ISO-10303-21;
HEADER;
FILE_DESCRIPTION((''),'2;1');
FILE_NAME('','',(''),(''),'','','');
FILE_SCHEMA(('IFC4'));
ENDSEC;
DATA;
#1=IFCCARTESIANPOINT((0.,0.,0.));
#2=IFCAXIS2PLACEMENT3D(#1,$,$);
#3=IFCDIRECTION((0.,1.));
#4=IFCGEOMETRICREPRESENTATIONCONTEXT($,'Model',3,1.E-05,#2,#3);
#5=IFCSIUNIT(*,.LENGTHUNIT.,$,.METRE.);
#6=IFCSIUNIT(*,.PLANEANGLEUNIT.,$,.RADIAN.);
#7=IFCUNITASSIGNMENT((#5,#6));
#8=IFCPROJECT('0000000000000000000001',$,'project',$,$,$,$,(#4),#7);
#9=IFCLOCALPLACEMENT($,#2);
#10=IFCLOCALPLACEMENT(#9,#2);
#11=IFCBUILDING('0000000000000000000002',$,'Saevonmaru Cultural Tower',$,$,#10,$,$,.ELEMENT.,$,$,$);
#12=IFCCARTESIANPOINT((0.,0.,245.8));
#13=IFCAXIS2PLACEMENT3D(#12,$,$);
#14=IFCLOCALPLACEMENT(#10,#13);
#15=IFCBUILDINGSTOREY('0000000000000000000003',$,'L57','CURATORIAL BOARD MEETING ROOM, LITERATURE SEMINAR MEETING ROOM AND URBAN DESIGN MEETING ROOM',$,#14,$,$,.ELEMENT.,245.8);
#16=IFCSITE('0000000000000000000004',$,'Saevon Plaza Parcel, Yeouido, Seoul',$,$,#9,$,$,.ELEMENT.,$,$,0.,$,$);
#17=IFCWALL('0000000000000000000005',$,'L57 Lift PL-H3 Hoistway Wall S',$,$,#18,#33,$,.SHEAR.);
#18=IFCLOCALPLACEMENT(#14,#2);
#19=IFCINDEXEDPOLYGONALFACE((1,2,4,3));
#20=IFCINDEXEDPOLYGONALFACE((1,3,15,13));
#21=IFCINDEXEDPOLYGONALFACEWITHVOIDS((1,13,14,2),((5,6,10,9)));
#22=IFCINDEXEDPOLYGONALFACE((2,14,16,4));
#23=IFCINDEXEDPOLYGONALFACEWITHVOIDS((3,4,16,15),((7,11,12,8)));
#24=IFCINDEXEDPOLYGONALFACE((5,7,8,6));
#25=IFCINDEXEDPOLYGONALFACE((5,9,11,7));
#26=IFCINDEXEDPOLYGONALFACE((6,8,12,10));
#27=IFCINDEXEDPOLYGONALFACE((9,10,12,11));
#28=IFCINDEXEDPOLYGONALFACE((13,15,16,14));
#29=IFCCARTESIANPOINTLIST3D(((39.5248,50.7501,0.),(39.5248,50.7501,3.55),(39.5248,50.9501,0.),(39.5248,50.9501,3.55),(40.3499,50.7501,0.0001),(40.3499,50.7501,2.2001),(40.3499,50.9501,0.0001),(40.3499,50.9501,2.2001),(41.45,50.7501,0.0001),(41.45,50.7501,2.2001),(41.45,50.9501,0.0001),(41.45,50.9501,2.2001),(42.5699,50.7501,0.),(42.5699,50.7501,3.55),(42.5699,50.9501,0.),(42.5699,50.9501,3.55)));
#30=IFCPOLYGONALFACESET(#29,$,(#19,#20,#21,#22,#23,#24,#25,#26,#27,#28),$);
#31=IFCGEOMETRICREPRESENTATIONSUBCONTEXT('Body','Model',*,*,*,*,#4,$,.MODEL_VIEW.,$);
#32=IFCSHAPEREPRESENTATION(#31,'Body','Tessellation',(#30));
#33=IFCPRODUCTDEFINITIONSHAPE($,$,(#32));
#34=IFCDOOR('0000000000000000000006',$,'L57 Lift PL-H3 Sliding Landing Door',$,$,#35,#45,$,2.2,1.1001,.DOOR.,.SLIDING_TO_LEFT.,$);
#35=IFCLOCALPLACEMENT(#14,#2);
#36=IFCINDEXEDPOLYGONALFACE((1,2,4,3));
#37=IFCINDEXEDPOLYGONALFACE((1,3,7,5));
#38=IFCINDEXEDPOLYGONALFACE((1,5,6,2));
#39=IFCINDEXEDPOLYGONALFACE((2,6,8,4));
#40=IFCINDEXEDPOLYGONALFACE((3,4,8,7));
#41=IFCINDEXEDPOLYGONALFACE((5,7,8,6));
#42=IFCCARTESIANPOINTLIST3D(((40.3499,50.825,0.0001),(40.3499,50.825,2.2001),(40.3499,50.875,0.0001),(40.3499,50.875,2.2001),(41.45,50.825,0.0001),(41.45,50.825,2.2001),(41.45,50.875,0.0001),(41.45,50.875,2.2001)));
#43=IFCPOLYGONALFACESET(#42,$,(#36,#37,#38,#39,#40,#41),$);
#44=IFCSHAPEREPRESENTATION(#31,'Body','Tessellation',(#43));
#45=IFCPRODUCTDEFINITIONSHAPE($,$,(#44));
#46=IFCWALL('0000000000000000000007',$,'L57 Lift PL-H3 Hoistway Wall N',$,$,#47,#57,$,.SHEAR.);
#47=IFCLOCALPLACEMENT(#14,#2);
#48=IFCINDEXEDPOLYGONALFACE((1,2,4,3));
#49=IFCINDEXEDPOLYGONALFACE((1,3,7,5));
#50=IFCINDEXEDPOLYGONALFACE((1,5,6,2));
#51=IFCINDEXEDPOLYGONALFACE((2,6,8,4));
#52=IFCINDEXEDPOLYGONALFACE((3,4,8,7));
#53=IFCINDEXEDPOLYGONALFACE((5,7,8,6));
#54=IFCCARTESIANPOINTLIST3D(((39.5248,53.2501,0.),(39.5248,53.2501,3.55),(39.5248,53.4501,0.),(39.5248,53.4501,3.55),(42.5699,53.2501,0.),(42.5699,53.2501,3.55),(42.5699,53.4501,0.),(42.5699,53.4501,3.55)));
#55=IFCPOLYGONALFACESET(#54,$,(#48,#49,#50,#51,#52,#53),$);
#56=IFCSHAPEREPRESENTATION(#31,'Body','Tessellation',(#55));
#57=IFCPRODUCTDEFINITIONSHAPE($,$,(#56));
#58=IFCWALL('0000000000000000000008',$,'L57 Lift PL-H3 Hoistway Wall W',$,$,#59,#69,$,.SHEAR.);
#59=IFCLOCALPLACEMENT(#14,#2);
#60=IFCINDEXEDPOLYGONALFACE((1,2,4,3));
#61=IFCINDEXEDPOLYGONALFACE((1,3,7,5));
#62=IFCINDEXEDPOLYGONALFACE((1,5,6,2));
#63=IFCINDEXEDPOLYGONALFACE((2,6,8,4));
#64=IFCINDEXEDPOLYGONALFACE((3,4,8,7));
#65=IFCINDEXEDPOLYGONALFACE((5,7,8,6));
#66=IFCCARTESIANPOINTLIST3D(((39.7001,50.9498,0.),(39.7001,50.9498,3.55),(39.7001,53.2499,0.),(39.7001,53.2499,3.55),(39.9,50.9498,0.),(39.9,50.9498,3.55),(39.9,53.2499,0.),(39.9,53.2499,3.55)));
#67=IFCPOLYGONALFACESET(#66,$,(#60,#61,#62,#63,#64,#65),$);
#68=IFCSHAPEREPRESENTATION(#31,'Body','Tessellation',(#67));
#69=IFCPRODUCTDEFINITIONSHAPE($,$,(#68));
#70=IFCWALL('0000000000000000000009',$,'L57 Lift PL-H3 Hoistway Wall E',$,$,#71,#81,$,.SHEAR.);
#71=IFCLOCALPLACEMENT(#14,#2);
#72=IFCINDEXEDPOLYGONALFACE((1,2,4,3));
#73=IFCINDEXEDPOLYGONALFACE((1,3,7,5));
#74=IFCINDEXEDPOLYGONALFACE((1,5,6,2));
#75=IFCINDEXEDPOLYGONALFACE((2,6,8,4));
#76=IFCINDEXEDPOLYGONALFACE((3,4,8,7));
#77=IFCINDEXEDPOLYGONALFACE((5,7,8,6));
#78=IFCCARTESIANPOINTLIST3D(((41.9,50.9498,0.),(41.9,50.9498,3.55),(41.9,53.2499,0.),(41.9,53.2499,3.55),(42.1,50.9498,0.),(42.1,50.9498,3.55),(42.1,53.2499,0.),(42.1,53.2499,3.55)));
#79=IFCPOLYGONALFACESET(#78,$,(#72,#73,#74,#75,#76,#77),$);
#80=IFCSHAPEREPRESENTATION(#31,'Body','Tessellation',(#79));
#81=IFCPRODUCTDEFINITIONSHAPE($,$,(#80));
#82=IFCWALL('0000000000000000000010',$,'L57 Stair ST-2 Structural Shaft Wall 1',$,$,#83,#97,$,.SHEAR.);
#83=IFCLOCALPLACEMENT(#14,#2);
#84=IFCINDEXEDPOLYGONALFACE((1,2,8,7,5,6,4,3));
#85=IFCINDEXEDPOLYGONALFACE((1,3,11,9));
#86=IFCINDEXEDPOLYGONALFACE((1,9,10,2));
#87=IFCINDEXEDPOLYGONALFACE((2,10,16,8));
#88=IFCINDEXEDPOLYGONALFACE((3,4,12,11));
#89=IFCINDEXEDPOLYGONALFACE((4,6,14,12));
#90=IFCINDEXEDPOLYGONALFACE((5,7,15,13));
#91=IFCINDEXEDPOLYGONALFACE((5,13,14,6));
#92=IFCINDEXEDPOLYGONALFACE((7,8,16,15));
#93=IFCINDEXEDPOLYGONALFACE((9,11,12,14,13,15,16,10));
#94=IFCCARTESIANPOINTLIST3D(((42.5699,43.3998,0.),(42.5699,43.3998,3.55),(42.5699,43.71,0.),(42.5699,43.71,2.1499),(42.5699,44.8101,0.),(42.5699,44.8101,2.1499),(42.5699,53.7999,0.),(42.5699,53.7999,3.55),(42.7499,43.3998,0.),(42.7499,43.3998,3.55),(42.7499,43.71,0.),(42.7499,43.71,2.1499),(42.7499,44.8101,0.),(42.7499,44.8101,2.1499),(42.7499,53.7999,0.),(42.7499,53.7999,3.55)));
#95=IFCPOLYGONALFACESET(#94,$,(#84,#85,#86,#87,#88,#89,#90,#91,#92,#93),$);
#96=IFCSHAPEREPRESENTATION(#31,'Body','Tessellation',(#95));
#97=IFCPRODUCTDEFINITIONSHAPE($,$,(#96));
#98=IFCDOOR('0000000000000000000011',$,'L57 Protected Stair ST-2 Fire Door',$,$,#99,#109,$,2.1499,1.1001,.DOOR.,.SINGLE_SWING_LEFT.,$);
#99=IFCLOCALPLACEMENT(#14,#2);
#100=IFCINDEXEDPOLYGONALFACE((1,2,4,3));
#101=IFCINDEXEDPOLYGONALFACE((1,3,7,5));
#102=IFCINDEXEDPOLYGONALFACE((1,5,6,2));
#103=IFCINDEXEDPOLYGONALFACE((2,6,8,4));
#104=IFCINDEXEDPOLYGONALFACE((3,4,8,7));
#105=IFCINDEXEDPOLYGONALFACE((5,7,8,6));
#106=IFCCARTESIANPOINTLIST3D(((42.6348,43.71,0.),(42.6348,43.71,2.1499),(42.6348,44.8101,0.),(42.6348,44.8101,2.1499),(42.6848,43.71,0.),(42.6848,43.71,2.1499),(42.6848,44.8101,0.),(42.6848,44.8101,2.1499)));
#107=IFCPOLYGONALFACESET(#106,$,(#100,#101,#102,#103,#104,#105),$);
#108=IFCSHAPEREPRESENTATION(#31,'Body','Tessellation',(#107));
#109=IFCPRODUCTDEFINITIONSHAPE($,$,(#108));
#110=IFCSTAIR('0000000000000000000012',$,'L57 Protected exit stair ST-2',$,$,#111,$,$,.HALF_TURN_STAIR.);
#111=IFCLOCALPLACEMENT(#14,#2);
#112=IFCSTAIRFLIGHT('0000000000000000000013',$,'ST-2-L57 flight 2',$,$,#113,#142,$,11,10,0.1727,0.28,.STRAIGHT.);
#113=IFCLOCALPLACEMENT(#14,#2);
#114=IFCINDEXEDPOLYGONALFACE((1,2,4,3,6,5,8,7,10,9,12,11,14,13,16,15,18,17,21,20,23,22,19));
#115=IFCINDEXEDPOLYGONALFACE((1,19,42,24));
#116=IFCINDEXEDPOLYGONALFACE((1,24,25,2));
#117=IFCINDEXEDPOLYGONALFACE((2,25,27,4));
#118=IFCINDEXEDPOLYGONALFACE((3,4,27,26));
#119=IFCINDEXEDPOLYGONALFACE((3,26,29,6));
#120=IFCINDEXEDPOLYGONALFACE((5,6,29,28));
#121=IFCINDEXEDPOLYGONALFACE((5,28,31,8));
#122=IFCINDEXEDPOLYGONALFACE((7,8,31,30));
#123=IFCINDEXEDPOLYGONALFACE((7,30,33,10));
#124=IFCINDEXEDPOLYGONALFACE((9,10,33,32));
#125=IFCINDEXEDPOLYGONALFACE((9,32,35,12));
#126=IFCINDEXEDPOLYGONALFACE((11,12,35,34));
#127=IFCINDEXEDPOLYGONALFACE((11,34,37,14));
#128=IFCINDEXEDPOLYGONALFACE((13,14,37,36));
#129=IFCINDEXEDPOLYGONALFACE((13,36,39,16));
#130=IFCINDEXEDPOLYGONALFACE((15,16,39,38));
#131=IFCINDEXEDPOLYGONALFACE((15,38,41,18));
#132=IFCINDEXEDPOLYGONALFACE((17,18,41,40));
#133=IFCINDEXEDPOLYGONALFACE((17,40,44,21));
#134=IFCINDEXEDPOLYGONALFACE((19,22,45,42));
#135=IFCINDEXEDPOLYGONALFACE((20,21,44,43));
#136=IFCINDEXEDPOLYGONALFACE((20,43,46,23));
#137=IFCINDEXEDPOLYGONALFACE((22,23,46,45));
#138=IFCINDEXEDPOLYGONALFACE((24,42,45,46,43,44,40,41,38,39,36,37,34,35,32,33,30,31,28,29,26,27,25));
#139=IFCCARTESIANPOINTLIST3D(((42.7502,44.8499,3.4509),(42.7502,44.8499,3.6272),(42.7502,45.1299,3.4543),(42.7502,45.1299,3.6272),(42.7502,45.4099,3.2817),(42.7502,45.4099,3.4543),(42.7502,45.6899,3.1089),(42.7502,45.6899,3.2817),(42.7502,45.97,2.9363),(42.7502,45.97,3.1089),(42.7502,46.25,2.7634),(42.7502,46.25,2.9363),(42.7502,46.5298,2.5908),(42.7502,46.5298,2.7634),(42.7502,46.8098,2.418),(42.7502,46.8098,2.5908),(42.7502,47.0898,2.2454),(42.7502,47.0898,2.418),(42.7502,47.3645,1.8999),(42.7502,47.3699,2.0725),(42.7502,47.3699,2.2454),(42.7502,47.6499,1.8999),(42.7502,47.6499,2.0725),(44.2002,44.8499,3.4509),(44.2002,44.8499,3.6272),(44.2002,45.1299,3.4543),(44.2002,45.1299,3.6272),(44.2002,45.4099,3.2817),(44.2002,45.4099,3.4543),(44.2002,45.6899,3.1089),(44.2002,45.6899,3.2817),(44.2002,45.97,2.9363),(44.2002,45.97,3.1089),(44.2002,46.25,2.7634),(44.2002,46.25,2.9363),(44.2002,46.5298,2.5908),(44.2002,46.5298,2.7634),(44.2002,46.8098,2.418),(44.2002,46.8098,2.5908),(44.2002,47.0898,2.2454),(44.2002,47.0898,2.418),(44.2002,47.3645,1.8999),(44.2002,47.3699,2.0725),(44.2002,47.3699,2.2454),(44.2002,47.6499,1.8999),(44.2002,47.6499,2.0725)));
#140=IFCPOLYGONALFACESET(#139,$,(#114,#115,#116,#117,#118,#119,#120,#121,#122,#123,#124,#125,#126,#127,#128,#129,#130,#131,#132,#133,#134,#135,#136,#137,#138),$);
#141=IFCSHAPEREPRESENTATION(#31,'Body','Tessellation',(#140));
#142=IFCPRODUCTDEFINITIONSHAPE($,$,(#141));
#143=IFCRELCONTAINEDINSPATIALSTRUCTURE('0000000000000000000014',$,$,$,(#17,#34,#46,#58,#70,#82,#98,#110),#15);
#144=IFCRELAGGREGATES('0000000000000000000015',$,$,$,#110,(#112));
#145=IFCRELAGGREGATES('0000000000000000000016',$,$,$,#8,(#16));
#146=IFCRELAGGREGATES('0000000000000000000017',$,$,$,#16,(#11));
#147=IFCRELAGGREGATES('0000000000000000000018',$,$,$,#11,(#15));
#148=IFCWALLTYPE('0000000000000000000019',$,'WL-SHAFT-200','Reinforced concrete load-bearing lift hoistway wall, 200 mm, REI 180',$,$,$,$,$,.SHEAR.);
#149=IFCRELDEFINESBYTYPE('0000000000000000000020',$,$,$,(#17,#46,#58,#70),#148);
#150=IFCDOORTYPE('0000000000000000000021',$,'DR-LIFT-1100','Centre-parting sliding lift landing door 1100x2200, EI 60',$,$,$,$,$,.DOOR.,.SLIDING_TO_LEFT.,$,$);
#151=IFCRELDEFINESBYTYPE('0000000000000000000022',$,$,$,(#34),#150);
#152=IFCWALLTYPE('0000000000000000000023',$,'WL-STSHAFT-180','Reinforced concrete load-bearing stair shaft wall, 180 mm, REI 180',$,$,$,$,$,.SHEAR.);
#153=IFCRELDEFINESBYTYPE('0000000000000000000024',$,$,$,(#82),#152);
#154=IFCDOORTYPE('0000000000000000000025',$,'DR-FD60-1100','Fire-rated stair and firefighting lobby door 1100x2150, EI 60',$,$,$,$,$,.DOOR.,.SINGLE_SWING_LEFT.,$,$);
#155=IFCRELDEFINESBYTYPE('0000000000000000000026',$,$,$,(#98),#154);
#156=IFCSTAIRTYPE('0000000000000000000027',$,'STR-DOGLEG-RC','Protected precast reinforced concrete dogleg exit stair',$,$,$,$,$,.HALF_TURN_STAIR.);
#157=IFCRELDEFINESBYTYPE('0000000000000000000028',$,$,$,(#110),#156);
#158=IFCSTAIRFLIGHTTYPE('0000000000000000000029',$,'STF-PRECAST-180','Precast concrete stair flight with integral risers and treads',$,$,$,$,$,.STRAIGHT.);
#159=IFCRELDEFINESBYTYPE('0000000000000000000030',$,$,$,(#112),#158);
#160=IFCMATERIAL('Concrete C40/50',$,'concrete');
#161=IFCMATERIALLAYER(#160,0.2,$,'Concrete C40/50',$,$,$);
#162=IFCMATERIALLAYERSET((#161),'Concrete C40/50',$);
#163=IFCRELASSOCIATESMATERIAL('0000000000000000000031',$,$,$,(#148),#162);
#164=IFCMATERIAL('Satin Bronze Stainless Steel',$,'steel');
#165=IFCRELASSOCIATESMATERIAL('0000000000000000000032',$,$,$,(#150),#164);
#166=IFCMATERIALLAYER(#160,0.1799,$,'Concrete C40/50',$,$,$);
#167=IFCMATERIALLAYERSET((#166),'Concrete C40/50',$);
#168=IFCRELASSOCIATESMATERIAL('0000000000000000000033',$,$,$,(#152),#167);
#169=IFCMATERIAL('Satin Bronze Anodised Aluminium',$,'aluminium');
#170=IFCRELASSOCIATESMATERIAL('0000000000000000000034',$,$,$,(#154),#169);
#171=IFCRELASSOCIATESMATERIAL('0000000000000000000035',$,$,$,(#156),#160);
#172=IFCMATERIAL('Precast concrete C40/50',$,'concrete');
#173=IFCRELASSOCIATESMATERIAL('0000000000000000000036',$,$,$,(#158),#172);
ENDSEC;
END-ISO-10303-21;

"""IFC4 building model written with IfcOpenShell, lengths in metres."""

from ifc_helpers import new_model, si_unit, direction, frame, frame_2d, origin, place, context, subcontext, project, spatial, polyline, rectangle, outline, extrude, material, layer, layer_set, type_object, element, fill, aggregate, save


model = new_model("IFC4")

# Units and contexts
model_context = context("Model", 3, precision=1e-05, world=origin(), true_north=direction((0.0, 1.0)))
body_context = subcontext(model_context, "Body", "Model", "MODEL_VIEW")
ifc_project = project(units=[si_unit("LENGTHUNIT", "METRE"), si_unit("PLANEANGLEUNIT", "RADIAN")], contexts=[model_context])

# Site, building, storey
site_placement = place(None, origin())
site = spatial("IfcSite", under=ifc_project, at=site_placement, Name="Saevon Plaza Parcel, Yeouido, Seoul", CompositionType="ELEMENT", RefElevation=0.0)
building_placement = place(site_placement, origin())
building = spatial("IfcBuilding", under=site, at=building_placement, Name="Saevonmaru Cultural Tower", CompositionType="ELEMENT")
storey_placement = place(building_placement, frame((0.0, 0.0, 245.8)))
storey = spatial("IfcBuildingStorey", under=building, at=storey_placement, Name="L57", Description="CURATORIAL BOARD MEETING ROOM, LITERATURE SEMINAR MEETING ROOM AND URBAN DESIGN MEETING ROOM", CompositionType="ELEMENT", Elevation=245.8)

# Shared definitions
ifc_material_1 = material(Name="Satin Bronze Anodised Aluminium", Category="aluminium")

# Shared definitions
ifc_material_2 = material(Name="Concrete C40/50", Category="concrete")
ifc_layer_1 = layer(ifc_material_2, 0.2, Name="Concrete C40/50")
ifc_layer_set_1 = layer_set([ifc_layer_1], Name="Concrete C40/50")
wall_type_1 = type_object("IfcWallType", Name="WL-SHAFT-200", Description="Reinforced concrete load-bearing lift hoistway wall, 200 mm, REI 180", PredefinedType="SHEAR", material=ifc_layer_set_1)

# Shared definitions
ifc_material_3 = material(Name="Satin Bronze Stainless Steel", Category="steel")
door_type_1 = type_object("IfcDoorType", Name="DR-LIFT-1100", Description="Centre-parting sliding lift landing door 1100x2200, EI 60", OperationType="SLIDING_TO_LEFT", PredefinedType="DOOR", material=ifc_material_3)

# Wall, opening, door
wall_1_placement = place(storey_placement, frame((39.5249, 50.8501, 0.0), z_axis=(0.0, 0.0, 1.0), x_axis=(1.0, 0.0, 0.0)))
wall_1 = element("IfcWall", 1, at=wall_1_placement, inside=storey, type_object=wall_type_1, Name="L57 Lift PL-H3 Hoistway Wall S", PredefinedType="SHEAR", context=body_context, shape_type="SweptSolid", body=[
    extrude(rectangle(XDim=3.0452, YDim=0.2, at=frame_2d((1.5225, 0.0))), origin(), (0.0, 0.0, 1.0), 3.55),
])
opening_1_placement = place(wall_1_placement, frame((0.825, 0.0, 0.0)))
opening_1 = element("IfcOpeningElement", 2, at=opening_1_placement, cuts=wall_1, PredefinedType="OPENING", context=body_context, shape_type="SweptSolid", body=[
    extrude(rectangle(XDim=1.1001, YDim=2.2, at=frame_2d((0.55, 1.1001))), frame((0.0, 0.1099, 0.0), z_axis=(0.0, -1.0, 0.0), x_axis=(1.0, 0.0, 0.0)), (0.0, 0.0, 1.0), 0.22),
])
door_1_placement = place(opening_1_placement, origin())
door_1 = element("IfcDoor", 3, at=door_1_placement, inside=storey, type_object=door_type_1, Name="L57 Lift PL-H3 Sliding Landing Door", OperationType="SLIDING_TO_LEFT", OverallHeight=2.2, OverallWidth=1.1001, PredefinedType="DOOR", context=body_context, shape_type="SweptSolid", body=[
    extrude(rectangle(XDim=1.1001, YDim=2.2, at=frame_2d((0.55, 1.1001))), frame((0.0, 0.0249, 0.0), z_axis=(0.0, -1.0, 0.0), x_axis=(1.0, 0.0, 0.0)), (0.0, 0.0, 1.0), 0.05),
])
fill(opening_1, door_1)

# Walls
wall_2_placement = place(storey_placement, frame((39.5249, 53.3501, 0.0), z_axis=(0.0, 0.0, 1.0), x_axis=(1.0, 0.0, 0.0)))
element("IfcWall", 4, at=wall_2_placement, inside=storey, type_object=wall_type_1, Name="L57 Lift PL-H3 Hoistway Wall N", PredefinedType="SHEAR", context=body_context, shape_type="SweptSolid", body=[
    extrude(rectangle(XDim=3.0452, YDim=0.2, at=frame_2d((1.5225, 0.0))), origin(), (0.0, 0.0, 1.0), 3.55),
])
for number, where, z_axis, x_axis, name in (
    (5, (39.8, 50.95, 0.0), (0.0, 0.0, 1.0), (0.0, 1.0, 0.0), "L57 Lift PL-H3 Hoistway Wall W"),
    (6, (42.0, 50.95, 0.0), (0.0, 0.0, 1.0), (0.0, 1.0, 0.0), "L57 Lift PL-H3 Hoistway Wall E"),
):
    element("IfcWall", number, at=place(storey_placement, frame(where, z_axis=z_axis, x_axis=x_axis)), inside=storey, type_object=wall_type_1, Name=name, PredefinedType="SHEAR", context=body_context, shape_type="SweptSolid", body=[
        extrude(rectangle(XDim=2.3, YDim=0.2, at=frame_2d((1.1499, 0.0))), origin(), (0.0, 0.0, 1.0), 3.55),
    ])

# Wall, opening, door
ifc_layer_2 = layer(ifc_material_2, 0.1799, Name="Concrete C40/50")
ifc_layer_set_2 = layer_set([ifc_layer_2], Name="Concrete C40/50")
wall_type_2 = type_object("IfcWallType", Name="WL-STSHAFT-180", Description="Reinforced concrete load-bearing stair shaft wall, 180 mm, REI 180", PredefinedType="SHEAR", material=ifc_layer_set_2)
wall_3_placement = place(storey_placement, frame((42.6599, 53.8, 0.0), z_axis=(0.0, 0.0, 1.0), x_axis=(0.0, -1.0, 0.0)))
wall_3 = element("IfcWall", 7, at=wall_3_placement, inside=storey, type_object=wall_type_2, Name="L57 Stair ST-2 Structural Shaft Wall 1", PredefinedType="SHEAR", context=body_context, shape_type="SweptSolid", body=[
    extrude(rectangle(XDim=10.4001, YDim=0.1799, at=frame_2d((5.2002, 0.0))), origin(), (0.0, 0.0, 1.0), 3.55),
])
opening_2_placement = place(wall_3_placement, frame((8.99, 0.0, 0.0)))
opening_2 = element("IfcOpeningElement", 8, at=opening_2_placement, cuts=wall_3, PredefinedType="OPENING", context=body_context, shape_type="SweptSolid", body=[
    extrude(rectangle(XDim=1.1001, YDim=2.1499, at=frame_2d((0.55, 1.075))), frame((0.0, 0.1001, 0.0), z_axis=(0.0, -1.0, 0.0), x_axis=(1.0, 0.0, 0.0)), (0.0, 0.0, 1.0), 0.2),
])
door_type_2 = type_object("IfcDoorType", Name="DR-FD60-1100", Description="Fire-rated stair and firefighting lobby door 1100x2150, EI 60", OperationType="SINGLE_SWING_LEFT", PredefinedType="DOOR", material=ifc_material_1)
door_2_placement = place(opening_2_placement, origin())
door_2 = element("IfcDoor", 9, at=door_2_placement, inside=storey, type_object=door_type_2, Name="L57 Protected Stair ST-2 Fire Door", OperationType="SINGLE_SWING_LEFT", OverallHeight=2.1499, OverallWidth=1.1001, PredefinedType="DOOR", context=body_context, shape_type="SweptSolid", body=[
    extrude(rectangle(XDim=1.1001, YDim=2.1499, at=frame_2d((0.55, 1.075))), frame((0.0, 0.0249, 0.0), z_axis=(0.0, -1.0, 0.0), x_axis=(1.0, 0.0, 0.0)), (0.0, 0.0, 1.0), 0.05),
])
fill(opening_2, door_2)

# Stair, stair flight
stair_type = type_object("IfcStairType", Name="STR-DOGLEG-RC", Description="Protected precast reinforced concrete dogleg exit stair", PredefinedType="HALF_TURN_STAIR", material=ifc_material_2)
stair_placement = place(storey_placement, origin())
stair = element("IfcStair", 10, at=stair_placement, inside=storey, type_object=stair_type, Name="L57 Protected exit stair ST-2", PredefinedType="HALF_TURN_STAIR")
ifc_material_4 = material(Name="Precast concrete C40/50", Category="concrete")
stair_flight_type = type_object("IfcStairFlightType", Name="STF-PRECAST-180", Description="Precast concrete stair flight with integral risers and treads", PredefinedType="STRAIGHT", material=ifc_material_4)
stair_flight_placement = place(storey_placement, frame((43.4751, 47.6499, 1.8999), z_axis=(0.0, 0.0, 1.0), x_axis=(0.0, -1.0, 0.0)))
stair_flight = element("IfcStairFlight", 11, at=stair_flight_placement, type_object=stair_flight_type, Name="ST-2-L57 flight 2", NumberOfRisers=11, NumberOfTreads=10, PredefinedType="STRAIGHT", RiserHeight=0.1727, TreadLength=0.28, context=body_context, shape_type="SweptSolid", body=[
    extrude(outline(polyline([(0.0, 0.0), (0.0, 0.1726), (0.28, 0.1726), (0.28, 0.3455), (0.5601, 0.3455), (0.5601, 0.5181), (0.8401, 0.5181), (0.8401, 0.6909), (1.1201, 0.6909), (1.1201, 0.8635), (1.3999, 0.8635), (1.3999, 1.0364), (1.6799, 1.0364), (1.6799, 1.209), (1.96, 1.209), (1.96, 1.3818), (2.24, 1.3818), (2.24, 1.5544), (2.52, 1.5544), (2.52, 1.7273), (2.8, 1.7273), (2.8, 1.8999), (2.8, 1.551), (0.2854, 0.0), (0.0, 0.0)])), frame((0.0, 0.7251, 0.0), z_axis=(0.0, -1.0, 0.0), x_axis=(1.0, 0.0, 0.0)), (0.0, 0.0, 1.0), 1.45),
])
aggregate(stair, [stair_flight])

save(model, "model.ifc")
